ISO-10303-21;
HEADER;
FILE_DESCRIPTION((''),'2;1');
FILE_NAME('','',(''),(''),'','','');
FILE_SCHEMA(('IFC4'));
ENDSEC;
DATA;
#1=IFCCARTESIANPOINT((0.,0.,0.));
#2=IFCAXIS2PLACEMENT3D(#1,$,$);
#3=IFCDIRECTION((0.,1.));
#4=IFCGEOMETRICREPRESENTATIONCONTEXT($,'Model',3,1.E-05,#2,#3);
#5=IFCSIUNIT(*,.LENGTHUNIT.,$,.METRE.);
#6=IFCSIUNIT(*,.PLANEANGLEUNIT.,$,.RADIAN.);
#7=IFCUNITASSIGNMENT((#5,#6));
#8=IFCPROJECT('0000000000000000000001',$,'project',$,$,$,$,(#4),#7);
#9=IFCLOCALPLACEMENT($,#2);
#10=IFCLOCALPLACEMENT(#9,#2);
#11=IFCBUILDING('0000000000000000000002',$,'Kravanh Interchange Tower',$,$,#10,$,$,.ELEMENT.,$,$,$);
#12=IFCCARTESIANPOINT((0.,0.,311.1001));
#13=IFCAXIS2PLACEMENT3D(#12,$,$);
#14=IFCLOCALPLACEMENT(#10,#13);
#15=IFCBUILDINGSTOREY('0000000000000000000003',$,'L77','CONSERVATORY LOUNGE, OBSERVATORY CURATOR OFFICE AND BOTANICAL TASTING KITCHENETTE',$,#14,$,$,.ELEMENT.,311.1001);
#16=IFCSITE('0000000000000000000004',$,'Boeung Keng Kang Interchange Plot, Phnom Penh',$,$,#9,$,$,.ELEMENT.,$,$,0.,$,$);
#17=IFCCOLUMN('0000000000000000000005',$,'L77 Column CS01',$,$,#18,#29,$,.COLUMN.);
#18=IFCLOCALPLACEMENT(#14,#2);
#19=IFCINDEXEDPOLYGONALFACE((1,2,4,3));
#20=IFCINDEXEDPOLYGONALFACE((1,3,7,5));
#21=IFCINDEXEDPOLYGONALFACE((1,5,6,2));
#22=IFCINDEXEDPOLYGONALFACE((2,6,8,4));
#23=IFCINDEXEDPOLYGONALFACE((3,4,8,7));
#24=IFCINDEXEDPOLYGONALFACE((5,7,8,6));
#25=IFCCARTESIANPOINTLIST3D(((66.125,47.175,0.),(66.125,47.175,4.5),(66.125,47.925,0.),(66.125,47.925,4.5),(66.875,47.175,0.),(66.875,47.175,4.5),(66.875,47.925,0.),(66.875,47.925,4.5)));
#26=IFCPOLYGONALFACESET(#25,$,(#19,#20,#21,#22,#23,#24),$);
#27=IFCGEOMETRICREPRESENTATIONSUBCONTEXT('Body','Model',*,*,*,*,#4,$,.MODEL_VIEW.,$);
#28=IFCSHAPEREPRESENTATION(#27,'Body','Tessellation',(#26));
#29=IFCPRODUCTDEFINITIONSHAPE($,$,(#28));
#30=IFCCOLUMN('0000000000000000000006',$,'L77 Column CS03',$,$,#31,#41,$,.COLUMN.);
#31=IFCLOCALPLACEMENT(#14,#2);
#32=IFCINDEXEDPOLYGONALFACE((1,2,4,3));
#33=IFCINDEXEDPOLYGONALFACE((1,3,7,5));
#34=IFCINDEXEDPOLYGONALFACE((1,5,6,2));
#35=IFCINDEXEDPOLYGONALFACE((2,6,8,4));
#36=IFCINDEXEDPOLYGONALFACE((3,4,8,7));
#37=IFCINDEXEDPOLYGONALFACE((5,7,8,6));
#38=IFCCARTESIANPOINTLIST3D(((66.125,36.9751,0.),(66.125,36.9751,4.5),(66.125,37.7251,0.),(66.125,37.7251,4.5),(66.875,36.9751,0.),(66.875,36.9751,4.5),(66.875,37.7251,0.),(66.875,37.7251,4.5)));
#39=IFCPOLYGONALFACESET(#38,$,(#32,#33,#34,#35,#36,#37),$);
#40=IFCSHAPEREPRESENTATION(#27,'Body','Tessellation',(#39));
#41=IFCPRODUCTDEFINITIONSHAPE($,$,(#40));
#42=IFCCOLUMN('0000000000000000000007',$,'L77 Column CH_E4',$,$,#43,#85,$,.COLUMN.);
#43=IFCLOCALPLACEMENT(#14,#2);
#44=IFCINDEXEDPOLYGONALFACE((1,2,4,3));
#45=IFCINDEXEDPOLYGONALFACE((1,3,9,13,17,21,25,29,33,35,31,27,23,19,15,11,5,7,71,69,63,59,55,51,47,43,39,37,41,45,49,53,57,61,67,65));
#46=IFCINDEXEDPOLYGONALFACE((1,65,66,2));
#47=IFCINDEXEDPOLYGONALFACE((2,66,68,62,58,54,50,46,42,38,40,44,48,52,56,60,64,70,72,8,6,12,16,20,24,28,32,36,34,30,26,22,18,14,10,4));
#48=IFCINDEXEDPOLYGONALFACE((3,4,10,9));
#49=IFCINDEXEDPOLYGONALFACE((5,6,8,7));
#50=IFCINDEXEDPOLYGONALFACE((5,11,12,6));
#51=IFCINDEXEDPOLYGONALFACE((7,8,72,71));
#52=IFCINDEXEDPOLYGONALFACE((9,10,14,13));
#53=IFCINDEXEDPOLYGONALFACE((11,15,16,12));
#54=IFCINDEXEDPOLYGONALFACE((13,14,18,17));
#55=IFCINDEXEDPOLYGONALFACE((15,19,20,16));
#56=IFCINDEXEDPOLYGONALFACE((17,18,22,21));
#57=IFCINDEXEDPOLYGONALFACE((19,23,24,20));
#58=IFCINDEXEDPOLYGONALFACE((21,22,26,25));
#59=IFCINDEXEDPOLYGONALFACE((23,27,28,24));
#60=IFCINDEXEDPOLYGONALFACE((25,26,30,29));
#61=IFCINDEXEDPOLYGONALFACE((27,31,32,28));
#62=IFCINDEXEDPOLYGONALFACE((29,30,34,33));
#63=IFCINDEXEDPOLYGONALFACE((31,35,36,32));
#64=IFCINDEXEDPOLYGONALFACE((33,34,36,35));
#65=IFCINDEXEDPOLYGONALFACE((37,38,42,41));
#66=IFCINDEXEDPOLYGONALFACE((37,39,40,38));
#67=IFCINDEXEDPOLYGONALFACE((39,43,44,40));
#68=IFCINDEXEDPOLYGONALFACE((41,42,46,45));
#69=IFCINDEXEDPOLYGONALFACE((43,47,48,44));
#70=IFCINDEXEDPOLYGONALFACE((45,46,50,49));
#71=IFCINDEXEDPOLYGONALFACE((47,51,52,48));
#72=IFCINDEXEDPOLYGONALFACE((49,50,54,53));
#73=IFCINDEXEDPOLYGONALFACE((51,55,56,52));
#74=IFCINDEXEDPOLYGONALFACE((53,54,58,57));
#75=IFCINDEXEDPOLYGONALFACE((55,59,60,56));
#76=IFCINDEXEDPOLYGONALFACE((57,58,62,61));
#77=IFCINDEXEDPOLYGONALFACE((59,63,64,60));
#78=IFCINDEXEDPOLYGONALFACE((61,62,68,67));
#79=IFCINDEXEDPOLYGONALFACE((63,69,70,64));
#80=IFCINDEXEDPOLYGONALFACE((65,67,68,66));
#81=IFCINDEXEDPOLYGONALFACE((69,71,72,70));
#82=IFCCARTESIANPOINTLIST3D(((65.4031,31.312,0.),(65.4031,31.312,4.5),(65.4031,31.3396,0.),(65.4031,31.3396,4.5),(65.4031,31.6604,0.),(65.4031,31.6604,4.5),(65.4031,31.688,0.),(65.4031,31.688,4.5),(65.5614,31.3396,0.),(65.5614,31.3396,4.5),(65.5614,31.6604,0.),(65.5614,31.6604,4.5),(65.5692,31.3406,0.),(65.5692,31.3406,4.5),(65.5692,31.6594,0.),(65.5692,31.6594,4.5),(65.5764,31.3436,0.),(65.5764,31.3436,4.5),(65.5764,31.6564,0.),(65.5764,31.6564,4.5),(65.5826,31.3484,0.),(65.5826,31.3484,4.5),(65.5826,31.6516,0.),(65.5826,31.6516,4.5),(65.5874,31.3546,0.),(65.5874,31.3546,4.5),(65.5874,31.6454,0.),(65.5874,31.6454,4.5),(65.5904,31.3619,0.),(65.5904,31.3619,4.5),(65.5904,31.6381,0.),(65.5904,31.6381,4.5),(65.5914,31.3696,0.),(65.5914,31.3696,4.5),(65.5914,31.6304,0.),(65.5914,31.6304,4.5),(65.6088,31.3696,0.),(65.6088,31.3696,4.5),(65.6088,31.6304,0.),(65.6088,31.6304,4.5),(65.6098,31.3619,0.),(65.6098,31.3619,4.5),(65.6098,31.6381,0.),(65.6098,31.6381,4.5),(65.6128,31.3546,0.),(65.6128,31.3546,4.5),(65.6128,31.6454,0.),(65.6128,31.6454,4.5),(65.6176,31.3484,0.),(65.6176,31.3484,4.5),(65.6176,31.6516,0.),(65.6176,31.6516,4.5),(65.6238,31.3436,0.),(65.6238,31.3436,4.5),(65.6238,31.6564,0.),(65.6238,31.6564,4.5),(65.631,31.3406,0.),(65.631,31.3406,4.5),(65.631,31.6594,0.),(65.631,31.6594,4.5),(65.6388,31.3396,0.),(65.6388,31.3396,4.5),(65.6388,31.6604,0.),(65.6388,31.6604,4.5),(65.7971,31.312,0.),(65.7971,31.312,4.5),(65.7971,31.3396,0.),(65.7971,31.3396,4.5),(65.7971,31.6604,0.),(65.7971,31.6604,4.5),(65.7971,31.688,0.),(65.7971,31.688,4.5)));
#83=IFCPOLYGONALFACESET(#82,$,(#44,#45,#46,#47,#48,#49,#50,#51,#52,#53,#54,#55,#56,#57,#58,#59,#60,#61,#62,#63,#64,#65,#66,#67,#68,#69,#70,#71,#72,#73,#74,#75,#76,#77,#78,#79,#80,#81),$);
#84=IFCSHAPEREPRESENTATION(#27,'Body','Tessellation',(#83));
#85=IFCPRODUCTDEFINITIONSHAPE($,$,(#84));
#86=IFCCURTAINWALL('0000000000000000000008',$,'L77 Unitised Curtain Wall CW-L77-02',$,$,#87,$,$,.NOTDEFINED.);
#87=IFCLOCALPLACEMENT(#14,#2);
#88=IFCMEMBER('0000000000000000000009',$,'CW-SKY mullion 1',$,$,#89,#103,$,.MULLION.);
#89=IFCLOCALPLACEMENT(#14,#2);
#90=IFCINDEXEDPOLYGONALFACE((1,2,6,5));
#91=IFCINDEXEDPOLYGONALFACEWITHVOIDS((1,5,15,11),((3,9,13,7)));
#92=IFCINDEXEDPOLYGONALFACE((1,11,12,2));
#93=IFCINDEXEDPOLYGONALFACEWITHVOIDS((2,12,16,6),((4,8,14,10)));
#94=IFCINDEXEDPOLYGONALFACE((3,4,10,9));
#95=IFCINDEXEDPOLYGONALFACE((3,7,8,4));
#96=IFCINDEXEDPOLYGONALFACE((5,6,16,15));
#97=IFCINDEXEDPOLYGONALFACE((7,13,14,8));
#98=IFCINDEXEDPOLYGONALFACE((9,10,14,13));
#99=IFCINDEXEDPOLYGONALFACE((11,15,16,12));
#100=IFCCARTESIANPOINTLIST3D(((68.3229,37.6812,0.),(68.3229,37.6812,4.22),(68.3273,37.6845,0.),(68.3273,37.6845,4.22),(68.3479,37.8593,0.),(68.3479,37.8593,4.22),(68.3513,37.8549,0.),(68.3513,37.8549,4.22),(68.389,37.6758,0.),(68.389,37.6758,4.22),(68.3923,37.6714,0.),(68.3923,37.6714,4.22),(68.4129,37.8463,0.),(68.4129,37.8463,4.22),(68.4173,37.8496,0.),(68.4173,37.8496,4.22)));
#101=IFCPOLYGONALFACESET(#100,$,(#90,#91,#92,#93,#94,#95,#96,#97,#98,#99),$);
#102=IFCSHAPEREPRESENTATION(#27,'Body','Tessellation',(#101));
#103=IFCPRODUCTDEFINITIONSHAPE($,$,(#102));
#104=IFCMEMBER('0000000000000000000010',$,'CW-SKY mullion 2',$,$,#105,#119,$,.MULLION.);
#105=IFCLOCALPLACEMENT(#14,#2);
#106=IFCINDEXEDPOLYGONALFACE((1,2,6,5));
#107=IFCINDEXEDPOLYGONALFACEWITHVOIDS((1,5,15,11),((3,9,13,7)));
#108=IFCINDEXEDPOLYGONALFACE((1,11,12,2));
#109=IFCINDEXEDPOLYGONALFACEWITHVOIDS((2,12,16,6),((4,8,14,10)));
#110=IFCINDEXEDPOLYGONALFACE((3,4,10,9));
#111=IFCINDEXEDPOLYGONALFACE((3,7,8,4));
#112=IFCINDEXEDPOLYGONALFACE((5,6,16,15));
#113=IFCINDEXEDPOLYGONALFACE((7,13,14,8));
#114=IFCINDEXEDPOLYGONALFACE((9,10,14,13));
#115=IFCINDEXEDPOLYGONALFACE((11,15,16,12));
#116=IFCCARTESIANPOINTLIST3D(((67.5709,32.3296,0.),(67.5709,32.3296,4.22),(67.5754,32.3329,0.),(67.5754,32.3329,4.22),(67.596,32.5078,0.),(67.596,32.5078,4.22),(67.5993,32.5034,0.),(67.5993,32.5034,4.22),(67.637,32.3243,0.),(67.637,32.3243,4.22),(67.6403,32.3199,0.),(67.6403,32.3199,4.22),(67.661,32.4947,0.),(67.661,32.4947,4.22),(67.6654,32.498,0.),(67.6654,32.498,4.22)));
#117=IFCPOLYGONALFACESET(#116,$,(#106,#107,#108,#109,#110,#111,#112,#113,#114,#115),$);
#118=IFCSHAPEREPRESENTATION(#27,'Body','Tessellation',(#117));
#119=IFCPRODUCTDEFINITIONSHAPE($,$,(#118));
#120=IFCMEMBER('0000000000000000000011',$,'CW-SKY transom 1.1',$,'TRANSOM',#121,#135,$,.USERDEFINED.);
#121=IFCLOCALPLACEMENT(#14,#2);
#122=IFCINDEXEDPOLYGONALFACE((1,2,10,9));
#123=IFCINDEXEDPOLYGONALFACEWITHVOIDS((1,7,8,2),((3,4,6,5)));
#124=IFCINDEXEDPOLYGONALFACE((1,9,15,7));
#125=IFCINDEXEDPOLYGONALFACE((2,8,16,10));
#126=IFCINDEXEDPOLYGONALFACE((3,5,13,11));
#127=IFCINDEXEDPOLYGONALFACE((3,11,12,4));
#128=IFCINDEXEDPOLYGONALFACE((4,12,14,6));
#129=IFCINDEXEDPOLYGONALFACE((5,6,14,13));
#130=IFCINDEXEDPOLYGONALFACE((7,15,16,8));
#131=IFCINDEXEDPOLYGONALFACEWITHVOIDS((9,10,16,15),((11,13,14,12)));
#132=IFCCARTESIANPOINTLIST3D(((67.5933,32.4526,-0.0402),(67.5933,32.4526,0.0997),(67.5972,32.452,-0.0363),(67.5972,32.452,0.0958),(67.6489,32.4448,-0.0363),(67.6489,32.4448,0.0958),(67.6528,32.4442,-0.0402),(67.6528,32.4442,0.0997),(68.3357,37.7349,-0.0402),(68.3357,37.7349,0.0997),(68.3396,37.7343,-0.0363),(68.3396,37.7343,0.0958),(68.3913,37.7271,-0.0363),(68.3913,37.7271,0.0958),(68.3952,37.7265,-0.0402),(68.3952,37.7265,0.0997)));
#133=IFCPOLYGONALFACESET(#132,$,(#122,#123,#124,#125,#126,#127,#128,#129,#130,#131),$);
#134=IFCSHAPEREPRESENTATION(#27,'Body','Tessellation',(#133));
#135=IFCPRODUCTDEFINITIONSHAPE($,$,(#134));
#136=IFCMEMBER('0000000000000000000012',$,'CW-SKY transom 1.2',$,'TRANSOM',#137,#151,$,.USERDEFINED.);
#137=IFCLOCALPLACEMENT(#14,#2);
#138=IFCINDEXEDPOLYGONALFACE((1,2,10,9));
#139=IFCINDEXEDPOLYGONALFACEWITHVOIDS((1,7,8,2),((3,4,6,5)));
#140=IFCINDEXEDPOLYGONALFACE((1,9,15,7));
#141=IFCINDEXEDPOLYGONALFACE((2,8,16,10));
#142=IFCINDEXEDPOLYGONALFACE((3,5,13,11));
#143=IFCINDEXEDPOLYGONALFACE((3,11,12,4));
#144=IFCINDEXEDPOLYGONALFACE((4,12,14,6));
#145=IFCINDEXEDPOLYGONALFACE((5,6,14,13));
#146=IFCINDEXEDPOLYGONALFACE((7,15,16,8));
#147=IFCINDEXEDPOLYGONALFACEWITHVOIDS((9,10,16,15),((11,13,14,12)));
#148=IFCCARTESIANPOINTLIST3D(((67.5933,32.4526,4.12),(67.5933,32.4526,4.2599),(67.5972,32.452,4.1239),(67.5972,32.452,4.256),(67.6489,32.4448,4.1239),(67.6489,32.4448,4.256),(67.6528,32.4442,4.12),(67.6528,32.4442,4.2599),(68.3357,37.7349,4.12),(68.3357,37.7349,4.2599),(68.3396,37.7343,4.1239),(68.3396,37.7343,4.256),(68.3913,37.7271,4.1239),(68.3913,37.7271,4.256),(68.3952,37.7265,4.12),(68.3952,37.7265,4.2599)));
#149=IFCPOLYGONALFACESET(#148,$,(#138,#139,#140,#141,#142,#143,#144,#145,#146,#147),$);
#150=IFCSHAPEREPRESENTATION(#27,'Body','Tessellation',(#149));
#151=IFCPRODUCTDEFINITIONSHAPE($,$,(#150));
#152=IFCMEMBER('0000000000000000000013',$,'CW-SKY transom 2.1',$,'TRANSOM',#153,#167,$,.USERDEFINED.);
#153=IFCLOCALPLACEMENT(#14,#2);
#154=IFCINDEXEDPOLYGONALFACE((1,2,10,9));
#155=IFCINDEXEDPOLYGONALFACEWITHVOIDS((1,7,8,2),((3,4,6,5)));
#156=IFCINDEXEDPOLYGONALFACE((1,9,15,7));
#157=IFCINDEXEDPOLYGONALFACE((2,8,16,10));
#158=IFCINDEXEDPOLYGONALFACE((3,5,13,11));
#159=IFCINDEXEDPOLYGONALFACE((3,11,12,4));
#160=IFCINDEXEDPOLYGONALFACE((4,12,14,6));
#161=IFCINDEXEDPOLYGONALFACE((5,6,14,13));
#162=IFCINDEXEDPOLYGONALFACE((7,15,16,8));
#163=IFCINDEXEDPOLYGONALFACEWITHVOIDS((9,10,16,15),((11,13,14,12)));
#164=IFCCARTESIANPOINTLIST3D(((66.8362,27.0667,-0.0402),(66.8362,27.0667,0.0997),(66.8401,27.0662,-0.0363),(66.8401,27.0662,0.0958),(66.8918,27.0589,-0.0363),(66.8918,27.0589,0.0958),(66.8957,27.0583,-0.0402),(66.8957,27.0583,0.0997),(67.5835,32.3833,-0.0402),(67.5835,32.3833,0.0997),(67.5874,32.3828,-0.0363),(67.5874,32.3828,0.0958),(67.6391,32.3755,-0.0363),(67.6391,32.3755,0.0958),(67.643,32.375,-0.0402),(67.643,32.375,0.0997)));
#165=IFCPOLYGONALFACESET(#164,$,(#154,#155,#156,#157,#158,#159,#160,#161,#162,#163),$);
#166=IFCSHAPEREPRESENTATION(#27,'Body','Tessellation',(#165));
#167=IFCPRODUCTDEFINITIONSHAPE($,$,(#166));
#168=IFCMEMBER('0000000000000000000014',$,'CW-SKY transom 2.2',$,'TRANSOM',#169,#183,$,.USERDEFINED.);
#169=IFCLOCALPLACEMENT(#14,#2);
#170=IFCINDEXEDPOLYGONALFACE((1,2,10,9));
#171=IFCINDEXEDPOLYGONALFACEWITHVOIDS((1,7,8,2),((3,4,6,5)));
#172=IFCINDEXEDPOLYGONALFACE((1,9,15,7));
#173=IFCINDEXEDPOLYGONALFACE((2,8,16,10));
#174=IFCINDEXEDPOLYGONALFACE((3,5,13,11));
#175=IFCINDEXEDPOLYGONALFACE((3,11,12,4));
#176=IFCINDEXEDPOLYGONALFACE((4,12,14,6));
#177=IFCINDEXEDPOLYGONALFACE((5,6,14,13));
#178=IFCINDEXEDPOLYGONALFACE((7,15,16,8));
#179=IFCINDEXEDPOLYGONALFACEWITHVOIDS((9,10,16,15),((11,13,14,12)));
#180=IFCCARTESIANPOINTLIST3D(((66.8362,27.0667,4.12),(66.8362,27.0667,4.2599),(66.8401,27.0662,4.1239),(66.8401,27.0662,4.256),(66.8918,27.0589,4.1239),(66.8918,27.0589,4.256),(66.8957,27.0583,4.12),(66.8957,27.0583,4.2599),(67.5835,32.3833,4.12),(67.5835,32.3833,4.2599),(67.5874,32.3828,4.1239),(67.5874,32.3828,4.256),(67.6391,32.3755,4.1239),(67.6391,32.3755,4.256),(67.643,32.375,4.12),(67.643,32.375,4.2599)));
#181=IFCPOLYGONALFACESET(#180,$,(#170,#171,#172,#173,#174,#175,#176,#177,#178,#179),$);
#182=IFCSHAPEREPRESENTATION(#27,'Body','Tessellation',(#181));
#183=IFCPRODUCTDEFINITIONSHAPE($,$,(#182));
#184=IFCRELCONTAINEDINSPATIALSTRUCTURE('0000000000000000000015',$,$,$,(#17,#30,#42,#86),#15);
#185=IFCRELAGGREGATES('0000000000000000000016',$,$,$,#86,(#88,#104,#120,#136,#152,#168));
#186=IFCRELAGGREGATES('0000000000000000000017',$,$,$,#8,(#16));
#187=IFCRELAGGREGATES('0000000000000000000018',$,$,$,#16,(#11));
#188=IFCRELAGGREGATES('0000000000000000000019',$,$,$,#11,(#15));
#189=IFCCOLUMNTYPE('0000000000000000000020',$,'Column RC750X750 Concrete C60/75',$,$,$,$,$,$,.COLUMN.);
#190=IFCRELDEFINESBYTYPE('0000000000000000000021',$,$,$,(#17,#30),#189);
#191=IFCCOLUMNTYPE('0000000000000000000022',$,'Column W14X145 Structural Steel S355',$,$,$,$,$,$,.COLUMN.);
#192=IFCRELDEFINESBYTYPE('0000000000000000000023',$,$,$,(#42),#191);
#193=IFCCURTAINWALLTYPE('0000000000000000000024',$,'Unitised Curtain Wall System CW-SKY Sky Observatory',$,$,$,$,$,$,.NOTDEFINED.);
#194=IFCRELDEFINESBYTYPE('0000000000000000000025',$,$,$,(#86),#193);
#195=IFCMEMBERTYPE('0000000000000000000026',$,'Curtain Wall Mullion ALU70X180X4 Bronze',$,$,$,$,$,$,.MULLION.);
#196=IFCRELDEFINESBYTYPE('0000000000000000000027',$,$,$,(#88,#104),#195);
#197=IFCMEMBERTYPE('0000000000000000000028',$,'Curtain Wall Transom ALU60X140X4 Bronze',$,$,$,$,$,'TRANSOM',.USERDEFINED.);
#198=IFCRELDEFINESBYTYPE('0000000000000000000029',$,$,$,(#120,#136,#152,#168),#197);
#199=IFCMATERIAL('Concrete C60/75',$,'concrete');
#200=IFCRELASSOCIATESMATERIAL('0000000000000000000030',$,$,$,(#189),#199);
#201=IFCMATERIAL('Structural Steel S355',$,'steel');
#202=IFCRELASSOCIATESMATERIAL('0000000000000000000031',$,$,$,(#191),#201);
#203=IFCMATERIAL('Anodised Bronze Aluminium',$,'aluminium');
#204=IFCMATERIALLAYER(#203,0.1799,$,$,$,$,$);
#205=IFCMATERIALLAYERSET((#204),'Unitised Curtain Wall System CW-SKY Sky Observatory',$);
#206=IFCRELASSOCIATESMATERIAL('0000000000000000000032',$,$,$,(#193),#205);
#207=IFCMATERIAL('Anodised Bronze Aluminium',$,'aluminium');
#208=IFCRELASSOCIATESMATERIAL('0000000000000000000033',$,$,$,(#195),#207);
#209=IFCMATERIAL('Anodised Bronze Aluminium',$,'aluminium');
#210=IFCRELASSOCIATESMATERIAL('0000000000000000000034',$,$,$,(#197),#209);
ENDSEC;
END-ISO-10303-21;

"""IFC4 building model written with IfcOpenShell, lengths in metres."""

from ifc_helpers import new_model, si_unit, direction, frame, origin, origin_2d, place, context, subcontext, project, spatial, rectangle, hollow_rectangle, i_section, extrude, material, layer, layer_set, material_profile, profile_set, type_object, element, aggregate, save


model = new_model("IFC4")

# Units and contexts
model_context = context("Model", 3, precision=1e-05, world=origin(), true_north=direction((0.0, 1.0)))
body_context = subcontext(model_context, "Body", "Model", "MODEL_VIEW")
ifc_project = project(units=[si_unit("LENGTHUNIT", "METRE"), si_unit("PLANEANGLEUNIT", "RADIAN")], contexts=[model_context])

# Site, building, storey
site_placement = place(None, origin())
site = spatial("IfcSite", under=ifc_project, at=site_placement, Name="Boeung Keng Kang Interchange Plot, Phnom Penh", CompositionType="ELEMENT", RefElevation=0.0)
building_placement = place(site_placement, origin())
building = spatial("IfcBuilding", under=site, at=building_placement, Name="Kravanh Interchange Tower", CompositionType="ELEMENT")
storey_placement = place(building_placement, frame((0.0, 0.0, 311.1001)))
storey = spatial("IfcBuildingStorey", under=building, at=storey_placement, Name="L77", Description="CONSERVATORY LOUNGE, OBSERVATORY CURATOR OFFICE AND BOTANICAL TASTING KITCHENETTE", CompositionType="ELEMENT", Elevation=311.1001)

# Columns
ifc_material_1 = material(Name="Concrete C60/75", Category="concrete")
ifc_material_profile_1 = material_profile(ifc_material_1, rectangle(XDim=0.75, YDim=0.75, at=origin_2d()), Name="RC750X750")
ifc_profile_set_1 = profile_set([ifc_material_profile_1], Name="Concrete C60/75")
column_type_1 = type_object("IfcColumnType", Name="Column RC750X750 Concrete C60/75", PredefinedType="COLUMN", material=ifc_profile_set_1)
for number, where, z_axis, x_axis, name in (
    (1, (66.5, 47.55, 0.0), (0.0, 0.0, 1.0), (1.0, 0.0, 0.0), "L77 Column CS01"),
    (2, (66.5, 37.3501, 0.0), (0.0, 0.0, 1.0), (1.0, 0.0, 0.0), "L77 Column CS03"),
):
    element("IfcColumn", number, at=place(storey_placement, frame(where, z_axis=z_axis, x_axis=x_axis)), inside=storey, type_object=column_type_1, Name=name, PredefinedType="COLUMN", context=body_context, shape_type="SweptSolid", body=[
        extrude(rectangle(XDim=0.75, YDim=0.75, at=origin_2d()), origin(), (0.0, 0.0, 1.0), 4.5),
    ])
ifc_material_2 = material(Name="Structural Steel S355", Category="steel")
ifc_material_profile_2 = material_profile(ifc_material_2, i_section(OverallWidth=0.394, OverallDepth=0.376, WebThickness=0.0173, FlangeThickness=0.0276, FilletRadius=0.03, at=origin_2d()), Name="W14X145")
ifc_profile_set_2 = profile_set([ifc_material_profile_2], Name="Structural Steel S355")
column_type_2 = type_object("IfcColumnType", Name="Column W14X145 Structural Steel S355", PredefinedType="COLUMN", material=ifc_profile_set_2)
column_placement = place(storey_placement, frame((65.6001, 31.5, 0.0), z_axis=(0.0, 0.0, 1.0), x_axis=(1.0, 0.0, 0.0)))
element("IfcColumn", 3, at=column_placement, inside=storey, type_object=column_type_2, Name="L77 Column CH_E4", PredefinedType="COLUMN", context=body_context, shape_type="SweptSolid", body=[
    extrude(i_section(OverallWidth=0.394, OverallDepth=0.376, WebThickness=0.0173, FlangeThickness=0.0276, FilletRadius=0.03, at=origin_2d()), origin(), (0.0, 0.0, 1.0), 4.5),
])

# Curtain wall, members
ifc_material_3 = material(Name="Anodised Bronze Aluminium", Category="aluminium")
ifc_layer_1 = layer(ifc_material_3, 0.1799)
ifc_layer_set_1 = layer_set([ifc_layer_1], Name="Unitised Curtain Wall System CW-SKY Sky Observatory")
curtain_wall_type = type_object("IfcCurtainWallType", Name="Unitised Curtain Wall System CW-SKY Sky Observatory", PredefinedType="NOTDEFINED", material=ifc_layer_set_1)
curtain_wall_placement = place(storey_placement, origin())
curtain_wall = element("IfcCurtainWall", 4, at=curtain_wall_placement, inside=storey, type_object=curtain_wall_type, Name="L77 Unitised Curtain Wall CW-L77-02", PredefinedType="NOTDEFINED")
ifc_material_4 = material(Name="Anodised Bronze Aluminium", Category="aluminium")
ifc_material_profile_3 = material_profile(ifc_material_4, hollow_rectangle(XDim=0.0701, YDim=0.1799, WallThickness=0.0039, at=origin_2d()), Name="ALU70X180X4")
ifc_profile_set_3 = profile_set([ifc_material_profile_3], Name="Anodised Bronze Aluminium")
member_type_1 = type_object("IfcMemberType", Name="Curtain Wall Mullion ALU70X180X4 Bronze", PredefinedType="MULLION", material=ifc_profile_set_3)
member_1_placement = place(storey_placement, frame((68.3701, 37.7654, 0.0), z_axis=(0.0, 0.0, 1.0), x_axis=(0.990267, -0.139178, 0.0)))
member_1 = element("IfcMember", 5, at=member_1_placement, type_object=member_type_1, Name="CW-SKY mullion 1", PredefinedType="MULLION", context=body_context, shape_type="SweptSolid", body=[
    extrude(hollow_rectangle(XDim=0.0701, YDim=0.1799, WallThickness=0.0039, at=origin_2d()), origin(), (0.0, 0.0, 1.0), 4.22),
])
member_2_placement = place(storey_placement, frame((67.6182, 32.4138, 0.0), z_axis=(0.0, 0.0, 1.0), x_axis=(0.990267, -0.139178, 0.0)))
member_2 = element("IfcMember", 6, at=member_2_placement, type_object=member_type_1, Name="CW-SKY mullion 2", PredefinedType="MULLION", context=body_context, shape_type="SweptSolid", body=[
    extrude(hollow_rectangle(XDim=0.0701, YDim=0.1799, WallThickness=0.0039, at=origin_2d()), origin(), (0.0, 0.0, 1.0), 4.22),
])
ifc_material_5 = material(Name="Anodised Bronze Aluminium", Category="aluminium")
ifc_material_profile_4 = material_profile(ifc_material_5, hollow_rectangle(XDim=0.0601, YDim=0.1399, WallThickness=0.0039, at=origin_2d()), Name="ALU60X140X4")
ifc_profile_set_4 = profile_set([ifc_material_profile_4], Name="Anodised Bronze Aluminium")
member_type_2 = type_object("IfcMemberType", Name="Curtain Wall Transom ALU60X140X4 Bronze", ElementType="TRANSOM", PredefinedType="USERDEFINED", material=ifc_profile_set_4)
member_3_placement = place(storey_placement, frame((68.3655, 37.7307, 0.0298), z_axis=(-0.139185, -0.990266, 0.0), x_axis=(0.990266, -0.139185, 0.0)))
member_3 = element("IfcMember", 7, at=member_3_placement, type_object=member_type_2, Name="CW-SKY transom 1.1", ObjectType="TRANSOM", PredefinedType="USERDEFINED", context=body_context, shape_type="SweptSolid", body=[
    extrude(hollow_rectangle(XDim=0.0601, YDim=0.1399, WallThickness=0.0039, at=origin_2d()), origin(), (0.0, 0.0, 1.0), 5.3342),
])
member_4_placement = place(storey_placement, frame((68.3655, 37.7307, 4.1899), z_axis=(-0.139185, -0.990266, 0.0), x_axis=(0.990266, -0.139185, 0.0)))
member_4 = element("IfcMember", 8, at=member_4_placement, type_object=member_type_2, Name="CW-SKY transom 1.2", ObjectType="TRANSOM", PredefinedType="USERDEFINED", context=body_context, shape_type="SweptSolid", body=[
    extrude(hollow_rectangle(XDim=0.0601, YDim=0.1399, WallThickness=0.0039, at=origin_2d()), origin(), (0.0, 0.0, 1.0), 5.3342),
])
member_5_placement = place(storey_placement, frame((67.6133, 32.3792, 0.0298), z_axis=(-0.139193, -0.990265, 0.0), x_axis=(0.990265, -0.139193, 0.0)))
member_5 = element("IfcMember", 9, at=member_5_placement, type_object=member_type_2, Name="CW-SKY transom 2.1", ObjectType="TRANSOM", PredefinedType="USERDEFINED", context=body_context, shape_type="SweptSolid", body=[
    extrude(hollow_rectangle(XDim=0.0601, YDim=0.1399, WallThickness=0.0039, at=origin_2d()), origin(), (0.0, 0.0, 1.0), 5.3689),
])
member_6_placement = place(storey_placement, frame((67.6133, 32.3792, 4.1899), z_axis=(-0.139193, -0.990265, 0.0), x_axis=(0.990265, -0.139193, 0.0)))
member_6 = element("IfcMember", 10, at=member_6_placement, type_object=member_type_2, Name="CW-SKY transom 2.2", ObjectType="TRANSOM", PredefinedType="USERDEFINED", context=body_context, shape_type="SweptSolid", body=[
    extrude(hollow_rectangle(XDim=0.0601, YDim=0.1399, WallThickness=0.0039, at=origin_2d()), origin(), (0.0, 0.0, 1.0), 5.3689),
])

aggregate(curtain_wall, [member_1, member_2, member_3, member_4, member_5, member_6])

save(model, "model.ifc")
